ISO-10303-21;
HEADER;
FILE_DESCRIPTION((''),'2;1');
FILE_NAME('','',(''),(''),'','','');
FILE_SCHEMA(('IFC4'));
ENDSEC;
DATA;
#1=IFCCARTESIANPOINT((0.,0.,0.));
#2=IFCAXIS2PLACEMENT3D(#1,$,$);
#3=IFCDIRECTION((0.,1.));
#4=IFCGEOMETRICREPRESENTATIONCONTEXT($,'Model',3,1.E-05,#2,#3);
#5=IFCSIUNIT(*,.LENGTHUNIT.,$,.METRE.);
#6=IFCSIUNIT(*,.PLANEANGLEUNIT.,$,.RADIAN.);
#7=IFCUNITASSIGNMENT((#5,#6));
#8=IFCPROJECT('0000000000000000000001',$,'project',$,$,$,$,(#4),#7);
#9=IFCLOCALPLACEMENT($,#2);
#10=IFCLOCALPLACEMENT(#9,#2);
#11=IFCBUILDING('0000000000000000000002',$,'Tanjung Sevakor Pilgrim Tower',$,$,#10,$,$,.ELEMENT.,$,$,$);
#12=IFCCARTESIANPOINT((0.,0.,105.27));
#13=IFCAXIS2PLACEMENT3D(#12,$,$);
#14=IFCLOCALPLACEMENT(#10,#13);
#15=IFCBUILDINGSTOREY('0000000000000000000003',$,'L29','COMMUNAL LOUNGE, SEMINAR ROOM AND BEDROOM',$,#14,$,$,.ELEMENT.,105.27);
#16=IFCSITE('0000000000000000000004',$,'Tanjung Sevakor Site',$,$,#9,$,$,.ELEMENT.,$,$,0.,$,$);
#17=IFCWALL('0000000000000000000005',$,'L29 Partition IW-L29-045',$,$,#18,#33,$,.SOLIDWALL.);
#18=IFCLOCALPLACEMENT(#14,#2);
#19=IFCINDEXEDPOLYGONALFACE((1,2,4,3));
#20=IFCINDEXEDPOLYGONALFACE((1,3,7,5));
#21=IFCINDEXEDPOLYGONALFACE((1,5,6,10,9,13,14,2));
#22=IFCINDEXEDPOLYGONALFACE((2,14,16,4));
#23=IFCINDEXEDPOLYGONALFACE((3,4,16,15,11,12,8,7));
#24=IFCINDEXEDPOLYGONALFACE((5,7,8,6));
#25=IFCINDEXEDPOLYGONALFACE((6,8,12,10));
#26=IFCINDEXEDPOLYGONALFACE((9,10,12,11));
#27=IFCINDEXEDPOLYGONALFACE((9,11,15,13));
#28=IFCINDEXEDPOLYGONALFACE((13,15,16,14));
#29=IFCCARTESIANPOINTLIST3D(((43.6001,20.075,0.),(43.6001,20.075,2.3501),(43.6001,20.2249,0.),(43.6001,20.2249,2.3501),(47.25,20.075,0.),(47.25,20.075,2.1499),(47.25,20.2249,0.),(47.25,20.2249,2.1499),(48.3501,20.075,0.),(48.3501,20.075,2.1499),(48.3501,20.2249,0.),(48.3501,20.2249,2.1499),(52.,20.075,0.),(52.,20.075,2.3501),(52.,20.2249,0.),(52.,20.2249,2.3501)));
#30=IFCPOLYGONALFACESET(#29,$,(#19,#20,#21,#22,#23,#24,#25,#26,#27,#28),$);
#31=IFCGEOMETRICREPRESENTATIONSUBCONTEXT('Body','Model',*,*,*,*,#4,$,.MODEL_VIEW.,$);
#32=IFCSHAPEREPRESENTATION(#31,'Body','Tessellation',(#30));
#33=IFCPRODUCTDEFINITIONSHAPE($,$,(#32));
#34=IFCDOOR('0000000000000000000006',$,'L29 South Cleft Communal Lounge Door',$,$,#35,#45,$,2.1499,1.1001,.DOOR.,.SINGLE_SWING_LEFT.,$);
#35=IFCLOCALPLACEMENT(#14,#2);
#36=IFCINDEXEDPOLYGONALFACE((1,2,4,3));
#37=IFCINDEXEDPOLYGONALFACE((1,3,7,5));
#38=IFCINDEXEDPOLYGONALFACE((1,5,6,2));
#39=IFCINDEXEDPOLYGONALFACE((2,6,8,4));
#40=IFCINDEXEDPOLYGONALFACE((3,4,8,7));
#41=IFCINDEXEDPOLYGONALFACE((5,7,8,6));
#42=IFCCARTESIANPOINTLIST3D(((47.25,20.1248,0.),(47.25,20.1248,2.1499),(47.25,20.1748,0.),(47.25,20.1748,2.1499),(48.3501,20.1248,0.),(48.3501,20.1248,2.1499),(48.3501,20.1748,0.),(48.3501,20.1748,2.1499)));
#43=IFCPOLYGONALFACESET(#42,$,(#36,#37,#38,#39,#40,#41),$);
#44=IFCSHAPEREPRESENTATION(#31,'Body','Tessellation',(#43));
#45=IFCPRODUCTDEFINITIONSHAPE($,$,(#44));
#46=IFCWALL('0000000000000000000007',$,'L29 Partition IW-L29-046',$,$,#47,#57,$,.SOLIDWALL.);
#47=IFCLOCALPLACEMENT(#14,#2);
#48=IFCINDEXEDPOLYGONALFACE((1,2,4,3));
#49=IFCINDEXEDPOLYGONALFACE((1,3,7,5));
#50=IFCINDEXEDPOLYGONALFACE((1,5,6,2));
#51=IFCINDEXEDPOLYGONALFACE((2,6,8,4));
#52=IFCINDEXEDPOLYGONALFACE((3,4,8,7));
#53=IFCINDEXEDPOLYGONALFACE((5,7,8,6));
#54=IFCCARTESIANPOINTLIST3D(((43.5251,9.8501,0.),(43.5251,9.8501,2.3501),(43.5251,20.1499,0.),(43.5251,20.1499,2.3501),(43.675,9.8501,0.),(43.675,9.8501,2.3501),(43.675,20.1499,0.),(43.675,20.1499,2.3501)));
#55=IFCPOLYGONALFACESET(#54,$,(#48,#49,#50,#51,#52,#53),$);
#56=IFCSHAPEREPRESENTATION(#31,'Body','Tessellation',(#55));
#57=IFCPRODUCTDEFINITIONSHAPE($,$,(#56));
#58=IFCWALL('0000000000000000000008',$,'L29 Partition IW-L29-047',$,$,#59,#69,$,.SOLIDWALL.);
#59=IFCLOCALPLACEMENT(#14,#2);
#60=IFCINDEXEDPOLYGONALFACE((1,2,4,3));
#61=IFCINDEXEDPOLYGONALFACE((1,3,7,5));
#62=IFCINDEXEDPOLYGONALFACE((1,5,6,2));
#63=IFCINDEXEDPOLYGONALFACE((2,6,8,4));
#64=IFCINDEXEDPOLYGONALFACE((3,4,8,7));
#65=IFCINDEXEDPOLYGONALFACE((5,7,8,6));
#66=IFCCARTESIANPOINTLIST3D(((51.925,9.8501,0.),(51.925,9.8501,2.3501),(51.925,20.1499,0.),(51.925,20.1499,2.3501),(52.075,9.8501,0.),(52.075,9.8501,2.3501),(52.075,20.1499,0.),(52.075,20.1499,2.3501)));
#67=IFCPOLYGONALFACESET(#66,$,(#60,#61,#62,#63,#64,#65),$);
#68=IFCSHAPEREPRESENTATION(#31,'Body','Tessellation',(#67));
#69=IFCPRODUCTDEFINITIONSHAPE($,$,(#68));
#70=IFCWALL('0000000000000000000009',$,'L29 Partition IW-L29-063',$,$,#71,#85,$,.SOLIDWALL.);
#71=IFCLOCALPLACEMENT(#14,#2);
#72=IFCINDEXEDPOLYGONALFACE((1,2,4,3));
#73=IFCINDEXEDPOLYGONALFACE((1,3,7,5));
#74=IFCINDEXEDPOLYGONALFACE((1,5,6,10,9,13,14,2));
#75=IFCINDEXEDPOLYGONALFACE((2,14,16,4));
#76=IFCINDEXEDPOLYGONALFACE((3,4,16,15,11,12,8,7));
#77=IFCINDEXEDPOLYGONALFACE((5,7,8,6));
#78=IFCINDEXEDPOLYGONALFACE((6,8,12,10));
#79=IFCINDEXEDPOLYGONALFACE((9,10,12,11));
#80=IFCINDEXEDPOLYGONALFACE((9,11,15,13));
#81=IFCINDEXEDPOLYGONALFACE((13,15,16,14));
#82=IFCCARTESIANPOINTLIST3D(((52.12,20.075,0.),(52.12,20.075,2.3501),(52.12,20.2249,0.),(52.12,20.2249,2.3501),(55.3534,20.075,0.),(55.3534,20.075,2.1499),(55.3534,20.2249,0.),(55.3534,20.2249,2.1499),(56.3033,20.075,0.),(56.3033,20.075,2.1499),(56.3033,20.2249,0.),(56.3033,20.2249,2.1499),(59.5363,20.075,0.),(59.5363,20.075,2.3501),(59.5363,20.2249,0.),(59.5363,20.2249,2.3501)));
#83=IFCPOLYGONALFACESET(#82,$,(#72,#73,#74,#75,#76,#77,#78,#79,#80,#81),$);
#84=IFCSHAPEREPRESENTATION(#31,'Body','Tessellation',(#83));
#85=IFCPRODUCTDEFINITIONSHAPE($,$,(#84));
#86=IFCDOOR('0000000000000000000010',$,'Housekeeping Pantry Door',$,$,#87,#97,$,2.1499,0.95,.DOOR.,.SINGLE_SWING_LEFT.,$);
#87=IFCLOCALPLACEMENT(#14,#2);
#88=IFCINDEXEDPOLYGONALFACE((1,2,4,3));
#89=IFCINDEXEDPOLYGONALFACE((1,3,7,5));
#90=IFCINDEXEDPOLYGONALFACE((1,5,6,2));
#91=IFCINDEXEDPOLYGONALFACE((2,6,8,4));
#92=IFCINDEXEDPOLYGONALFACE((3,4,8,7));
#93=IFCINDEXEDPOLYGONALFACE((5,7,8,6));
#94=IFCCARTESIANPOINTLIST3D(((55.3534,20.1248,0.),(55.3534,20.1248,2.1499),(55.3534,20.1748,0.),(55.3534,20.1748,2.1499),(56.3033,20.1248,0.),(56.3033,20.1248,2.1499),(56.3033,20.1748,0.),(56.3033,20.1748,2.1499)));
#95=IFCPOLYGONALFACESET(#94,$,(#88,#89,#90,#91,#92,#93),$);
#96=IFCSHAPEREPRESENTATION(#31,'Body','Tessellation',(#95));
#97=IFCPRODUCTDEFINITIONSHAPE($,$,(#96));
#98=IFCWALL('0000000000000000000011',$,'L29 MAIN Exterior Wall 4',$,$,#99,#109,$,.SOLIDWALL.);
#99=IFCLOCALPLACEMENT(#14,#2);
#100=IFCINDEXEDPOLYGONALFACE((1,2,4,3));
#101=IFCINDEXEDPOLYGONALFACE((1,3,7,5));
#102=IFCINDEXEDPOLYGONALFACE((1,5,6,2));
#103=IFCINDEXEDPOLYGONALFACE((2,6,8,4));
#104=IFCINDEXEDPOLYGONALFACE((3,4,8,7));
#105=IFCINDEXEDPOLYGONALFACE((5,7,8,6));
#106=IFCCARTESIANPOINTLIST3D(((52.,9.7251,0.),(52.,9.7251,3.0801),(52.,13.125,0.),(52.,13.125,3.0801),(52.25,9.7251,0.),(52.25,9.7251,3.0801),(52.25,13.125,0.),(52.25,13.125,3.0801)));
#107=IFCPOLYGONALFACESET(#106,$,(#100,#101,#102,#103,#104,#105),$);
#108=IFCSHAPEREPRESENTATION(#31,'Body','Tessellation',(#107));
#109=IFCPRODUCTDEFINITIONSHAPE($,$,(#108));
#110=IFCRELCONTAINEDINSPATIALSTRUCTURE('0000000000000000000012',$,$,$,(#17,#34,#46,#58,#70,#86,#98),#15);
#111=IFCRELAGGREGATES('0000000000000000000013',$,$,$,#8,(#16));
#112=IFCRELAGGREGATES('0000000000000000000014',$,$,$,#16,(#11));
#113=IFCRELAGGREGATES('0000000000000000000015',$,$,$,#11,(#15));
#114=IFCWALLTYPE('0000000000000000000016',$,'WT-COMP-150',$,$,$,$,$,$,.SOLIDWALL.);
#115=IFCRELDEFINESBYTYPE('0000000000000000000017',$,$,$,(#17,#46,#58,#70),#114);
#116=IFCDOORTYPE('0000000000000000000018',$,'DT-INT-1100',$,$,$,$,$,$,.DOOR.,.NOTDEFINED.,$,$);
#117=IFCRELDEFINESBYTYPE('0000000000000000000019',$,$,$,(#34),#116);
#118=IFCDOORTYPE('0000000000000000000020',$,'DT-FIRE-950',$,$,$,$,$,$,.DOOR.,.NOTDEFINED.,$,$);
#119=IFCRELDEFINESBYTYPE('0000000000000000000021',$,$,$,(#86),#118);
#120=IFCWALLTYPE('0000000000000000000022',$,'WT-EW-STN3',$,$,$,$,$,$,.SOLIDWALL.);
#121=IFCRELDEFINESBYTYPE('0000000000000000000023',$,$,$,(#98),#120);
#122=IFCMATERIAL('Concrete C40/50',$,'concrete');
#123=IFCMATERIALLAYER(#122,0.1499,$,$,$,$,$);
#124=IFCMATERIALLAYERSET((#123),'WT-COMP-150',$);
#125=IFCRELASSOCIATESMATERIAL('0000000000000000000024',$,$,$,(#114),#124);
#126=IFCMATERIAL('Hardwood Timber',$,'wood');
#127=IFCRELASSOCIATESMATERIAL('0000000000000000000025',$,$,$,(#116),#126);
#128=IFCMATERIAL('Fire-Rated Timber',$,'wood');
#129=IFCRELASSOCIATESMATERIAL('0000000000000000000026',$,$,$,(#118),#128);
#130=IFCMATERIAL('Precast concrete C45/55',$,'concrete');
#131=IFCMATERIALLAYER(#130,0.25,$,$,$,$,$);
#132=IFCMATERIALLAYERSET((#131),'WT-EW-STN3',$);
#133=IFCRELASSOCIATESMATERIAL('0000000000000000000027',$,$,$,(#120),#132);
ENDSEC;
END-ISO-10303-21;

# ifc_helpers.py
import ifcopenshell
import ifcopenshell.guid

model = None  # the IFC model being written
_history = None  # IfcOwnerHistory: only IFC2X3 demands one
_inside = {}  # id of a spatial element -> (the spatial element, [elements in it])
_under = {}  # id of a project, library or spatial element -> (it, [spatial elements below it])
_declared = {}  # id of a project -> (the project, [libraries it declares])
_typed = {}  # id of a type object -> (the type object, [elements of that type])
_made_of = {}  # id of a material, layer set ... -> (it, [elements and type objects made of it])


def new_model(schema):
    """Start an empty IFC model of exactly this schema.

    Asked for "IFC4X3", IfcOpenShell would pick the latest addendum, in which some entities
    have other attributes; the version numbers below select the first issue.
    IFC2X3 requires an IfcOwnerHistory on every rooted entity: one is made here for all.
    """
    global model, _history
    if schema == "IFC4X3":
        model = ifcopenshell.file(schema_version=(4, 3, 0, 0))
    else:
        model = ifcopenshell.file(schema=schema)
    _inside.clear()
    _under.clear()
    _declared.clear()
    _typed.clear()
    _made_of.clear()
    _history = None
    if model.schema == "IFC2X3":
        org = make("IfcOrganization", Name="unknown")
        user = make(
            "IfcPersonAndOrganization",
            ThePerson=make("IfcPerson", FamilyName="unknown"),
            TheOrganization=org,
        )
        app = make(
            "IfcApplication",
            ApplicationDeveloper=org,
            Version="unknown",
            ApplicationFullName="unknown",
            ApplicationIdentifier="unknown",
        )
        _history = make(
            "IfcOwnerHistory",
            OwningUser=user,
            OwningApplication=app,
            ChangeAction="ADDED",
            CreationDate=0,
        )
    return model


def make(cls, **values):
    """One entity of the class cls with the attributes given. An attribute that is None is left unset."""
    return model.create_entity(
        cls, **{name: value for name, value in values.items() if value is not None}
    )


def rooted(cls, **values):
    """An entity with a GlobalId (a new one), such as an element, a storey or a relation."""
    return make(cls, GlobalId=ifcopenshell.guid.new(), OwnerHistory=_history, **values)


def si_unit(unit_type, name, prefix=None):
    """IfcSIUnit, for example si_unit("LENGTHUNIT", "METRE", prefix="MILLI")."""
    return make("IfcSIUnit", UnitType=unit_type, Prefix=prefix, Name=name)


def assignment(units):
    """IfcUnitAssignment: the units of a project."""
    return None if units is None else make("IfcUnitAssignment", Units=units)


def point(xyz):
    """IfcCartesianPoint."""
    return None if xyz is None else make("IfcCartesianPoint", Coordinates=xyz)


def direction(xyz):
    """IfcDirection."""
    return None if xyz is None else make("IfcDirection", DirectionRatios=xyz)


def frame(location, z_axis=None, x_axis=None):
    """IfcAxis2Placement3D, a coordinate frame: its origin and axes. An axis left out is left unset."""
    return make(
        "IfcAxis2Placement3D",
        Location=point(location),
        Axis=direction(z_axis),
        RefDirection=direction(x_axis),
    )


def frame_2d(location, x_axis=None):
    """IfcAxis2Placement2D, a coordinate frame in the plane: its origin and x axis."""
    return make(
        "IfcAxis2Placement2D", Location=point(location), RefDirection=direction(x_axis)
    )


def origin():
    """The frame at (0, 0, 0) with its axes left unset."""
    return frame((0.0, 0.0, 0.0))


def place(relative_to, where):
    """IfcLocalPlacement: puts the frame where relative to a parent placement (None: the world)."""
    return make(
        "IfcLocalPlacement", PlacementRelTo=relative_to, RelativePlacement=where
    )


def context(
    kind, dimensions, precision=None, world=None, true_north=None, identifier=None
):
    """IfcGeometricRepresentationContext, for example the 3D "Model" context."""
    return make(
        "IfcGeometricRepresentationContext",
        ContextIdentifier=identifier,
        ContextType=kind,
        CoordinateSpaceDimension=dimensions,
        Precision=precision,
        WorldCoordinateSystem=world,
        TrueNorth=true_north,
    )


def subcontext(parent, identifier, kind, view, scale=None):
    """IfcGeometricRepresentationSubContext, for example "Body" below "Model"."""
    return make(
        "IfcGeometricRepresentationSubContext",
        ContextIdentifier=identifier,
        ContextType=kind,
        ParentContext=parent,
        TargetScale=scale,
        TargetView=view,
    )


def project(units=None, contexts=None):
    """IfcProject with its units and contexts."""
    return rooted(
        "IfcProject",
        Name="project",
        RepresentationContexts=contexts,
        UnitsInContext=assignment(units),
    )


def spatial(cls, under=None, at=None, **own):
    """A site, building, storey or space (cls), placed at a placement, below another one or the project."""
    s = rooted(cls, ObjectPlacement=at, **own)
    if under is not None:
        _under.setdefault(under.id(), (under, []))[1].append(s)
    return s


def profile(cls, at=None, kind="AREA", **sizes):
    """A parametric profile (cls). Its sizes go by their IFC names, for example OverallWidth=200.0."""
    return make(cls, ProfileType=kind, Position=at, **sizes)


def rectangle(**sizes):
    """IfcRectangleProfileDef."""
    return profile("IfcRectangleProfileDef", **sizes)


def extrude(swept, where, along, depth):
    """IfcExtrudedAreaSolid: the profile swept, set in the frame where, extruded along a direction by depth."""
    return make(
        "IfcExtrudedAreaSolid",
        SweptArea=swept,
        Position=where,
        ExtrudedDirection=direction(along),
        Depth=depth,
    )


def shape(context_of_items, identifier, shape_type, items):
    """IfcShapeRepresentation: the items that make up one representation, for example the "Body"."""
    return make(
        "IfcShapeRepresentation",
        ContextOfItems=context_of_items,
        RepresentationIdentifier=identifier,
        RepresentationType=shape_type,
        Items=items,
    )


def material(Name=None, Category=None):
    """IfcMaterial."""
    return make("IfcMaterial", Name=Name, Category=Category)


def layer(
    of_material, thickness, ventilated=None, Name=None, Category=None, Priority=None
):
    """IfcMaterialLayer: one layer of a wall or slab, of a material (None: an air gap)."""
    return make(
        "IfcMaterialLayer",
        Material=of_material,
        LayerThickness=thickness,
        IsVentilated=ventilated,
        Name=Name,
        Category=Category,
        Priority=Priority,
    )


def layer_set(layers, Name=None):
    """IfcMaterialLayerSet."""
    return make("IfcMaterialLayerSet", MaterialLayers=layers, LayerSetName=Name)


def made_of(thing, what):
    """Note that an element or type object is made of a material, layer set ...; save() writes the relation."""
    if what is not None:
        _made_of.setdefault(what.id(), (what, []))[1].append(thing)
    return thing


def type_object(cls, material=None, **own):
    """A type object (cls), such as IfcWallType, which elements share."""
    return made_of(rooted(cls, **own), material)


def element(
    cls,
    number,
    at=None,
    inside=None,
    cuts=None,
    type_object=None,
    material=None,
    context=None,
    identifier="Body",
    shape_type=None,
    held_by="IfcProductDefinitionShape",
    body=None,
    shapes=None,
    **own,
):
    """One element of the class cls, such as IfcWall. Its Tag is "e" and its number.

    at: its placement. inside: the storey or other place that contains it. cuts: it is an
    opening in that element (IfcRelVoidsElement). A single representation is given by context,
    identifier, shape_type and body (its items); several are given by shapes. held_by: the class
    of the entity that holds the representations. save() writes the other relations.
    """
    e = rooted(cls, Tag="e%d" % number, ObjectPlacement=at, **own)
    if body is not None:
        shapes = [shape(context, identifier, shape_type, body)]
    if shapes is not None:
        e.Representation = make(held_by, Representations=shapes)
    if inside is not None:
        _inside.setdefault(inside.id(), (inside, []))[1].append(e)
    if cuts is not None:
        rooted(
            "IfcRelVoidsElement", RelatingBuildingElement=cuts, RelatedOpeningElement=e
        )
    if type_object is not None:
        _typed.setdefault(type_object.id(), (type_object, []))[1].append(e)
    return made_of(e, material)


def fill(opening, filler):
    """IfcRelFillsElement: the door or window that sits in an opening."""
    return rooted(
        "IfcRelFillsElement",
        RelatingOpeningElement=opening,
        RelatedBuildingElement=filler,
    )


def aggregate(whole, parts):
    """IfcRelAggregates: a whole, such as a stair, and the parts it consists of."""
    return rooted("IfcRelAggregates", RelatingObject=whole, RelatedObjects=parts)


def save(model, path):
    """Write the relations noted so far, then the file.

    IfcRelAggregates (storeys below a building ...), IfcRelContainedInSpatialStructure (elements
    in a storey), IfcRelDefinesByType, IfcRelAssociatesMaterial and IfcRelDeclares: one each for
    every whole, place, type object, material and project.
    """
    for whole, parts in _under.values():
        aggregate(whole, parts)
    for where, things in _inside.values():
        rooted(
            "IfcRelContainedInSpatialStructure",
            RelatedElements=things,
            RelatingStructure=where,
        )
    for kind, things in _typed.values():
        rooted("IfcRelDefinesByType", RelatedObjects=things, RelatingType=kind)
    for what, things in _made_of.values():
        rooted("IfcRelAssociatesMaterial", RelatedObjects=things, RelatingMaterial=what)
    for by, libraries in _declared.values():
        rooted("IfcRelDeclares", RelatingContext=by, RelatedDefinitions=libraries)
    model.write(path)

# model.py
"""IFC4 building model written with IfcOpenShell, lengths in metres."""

from ifc_helpers import new_model, si_unit, direction, frame, frame_2d, origin, place, context, subcontext, project, spatial, rectangle, extrude, material, layer, layer_set, type_object, element, fill, save


model = new_model("IFC4")

# Units and contexts
model_context = context("Model", 3, precision=1e-05, world=origin(), true_north=direction((0.0, 1.0)))
body_context = subcontext(model_context, "Body", "Model", "MODEL_VIEW")
ifc_project = project(units=[si_unit("LENGTHUNIT", "METRE"), si_unit("PLANEANGLEUNIT", "RADIAN")], contexts=[model_context])

# Site, building, storey
site_placement = place(None, origin())
site = spatial("IfcSite", under=ifc_project, at=site_placement, Name="Tanjung Sevakor Site", CompositionType="ELEMENT", RefElevation=0.0)
building_placement = place(site_placement, origin())
building = spatial("IfcBuilding", under=site, at=building_placement, Name="Tanjung Sevakor Pilgrim Tower", CompositionType="ELEMENT")
storey_placement = place(building_placement, frame((0.0, 0.0, 105.27)))
storey = spatial("IfcBuildingStorey", under=building, at=storey_placement, Name="L29", Description="COMMUNAL LOUNGE, SEMINAR ROOM AND BEDROOM", CompositionType="ELEMENT", Elevation=105.27)

# Shared definitions
ifc_material_1 = material(Name="Concrete C40/50", Category="concrete")
ifc_layer_1 = layer(ifc_material_1, 0.1499)
ifc_layer_set_1 = layer_set([ifc_layer_1], Name="WT-COMP-150")
wall_type_1 = type_object("IfcWallType", Name="WT-COMP-150", PredefinedType="SOLIDWALL", material=ifc_layer_set_1)

# Wall, opening, door
wall_1_placement = place(storey_placement, frame((43.6001, 20.1499, 0.0), z_axis=(0.0, 0.0, 1.0), x_axis=(1.0, 0.0, 0.0)))
wall_1 = element("IfcWall", 1, at=wall_1_placement, inside=storey, type_object=wall_type_1, Name="L29 Partition IW-L29-045", PredefinedType="SOLIDWALL", context=body_context, shape_type="SweptSolid", body=[
    extrude(rectangle(XDim=8.3999, YDim=0.1499, at=frame_2d((4.2, 0.0))), origin(), (0.0, 0.0, 1.0), 2.3501),
])
opening_1_placement = place(wall_1_placement, frame((3.6499, 0.0, 0.0)))
opening_1 = element("IfcOpeningElement", 2, at=opening_1_placement, cuts=wall_1, PredefinedType="OPENING", context=body_context, shape_type="SweptSolid", body=[
    extrude(rectangle(XDim=1.1001, YDim=2.1499, at=frame_2d((0.55, 1.075))), frame((0.0, 0.085, 0.0), z_axis=(0.0, -1.0, 0.0), x_axis=(1.0, 0.0, 0.0)), (0.0, 0.0, 1.0), 0.1699),
])
ifc_material_2 = material(Name="Hardwood Timber", Category="wood")
door_type_1 = type_object("IfcDoorType", Name="DT-INT-1100", OperationType="NOTDEFINED", PredefinedType="DOOR", material=ifc_material_2)
door_1_placement = place(opening_1_placement, origin())
door_1 = element("IfcDoor", 3, at=door_1_placement, inside=storey, type_object=door_type_1, Name="L29 South Cleft Communal Lounge Door", OperationType="SINGLE_SWING_LEFT", OverallHeight=2.1499, OverallWidth=1.1001, PredefinedType="DOOR", context=body_context, shape_type="SweptSolid", body=[
    extrude(rectangle(XDim=1.1001, YDim=2.1499, at=frame_2d((0.55, 1.075))), frame((0.0, 0.0249, 0.0), z_axis=(0.0, -1.0, 0.0), x_axis=(1.0, 0.0, 0.0)), (0.0, 0.0, 1.0), 0.05),
])
fill(opening_1, door_1)

# Walls
for number, where, z_axis, x_axis, name in (
    (4, (43.6001, 9.8501, 0.0), (0.0, 0.0, 1.0), (0.0, 1.0, 0.0), "L29 Partition IW-L29-046"),
    (5, (52.0, 9.8501, 0.0), (0.0, 0.0, 1.0), (0.0, 1.0, 0.0), "L29 Partition IW-L29-047"),
):
    element("IfcWall", number, at=place(storey_placement, frame(where, z_axis=z_axis, x_axis=x_axis)), inside=storey, type_object=wall_type_1, Name=name, PredefinedType="SOLIDWALL", context=body_context, shape_type="SweptSolid", body=[
        extrude(rectangle(XDim=10.2998, YDim=0.1499, at=frame_2d((5.1499, 0.0))), origin(), (0.0, 0.0, 1.0), 2.3501),
    ])

# Wall, opening, door
wall_2_placement = place(storey_placement, frame((52.1201, 20.1499, 0.0), z_axis=(0.0, 0.0, 1.0), x_axis=(1.0, 0.0, 0.0)))
wall_2 = element("IfcWall", 6, at=wall_2_placement, inside=storey, type_object=wall_type_1, Name="L29 Partition IW-L29-063", PredefinedType="SOLIDWALL", context=body_context, shape_type="SweptSolid", body=[
    extrude(rectangle(XDim=7.4163, YDim=0.1499, at=frame_2d((3.708, 0.0))), origin(), (0.0, 0.0, 1.0), 2.3501),
])
opening_2_placement = place(wall_2_placement, frame((3.2332, 0.0, 0.0)))
opening_2 = element("IfcOpeningElement", 7, at=opening_2_placement, cuts=wall_2, PredefinedType="OPENING", context=body_context, shape_type="SweptSolid", body=[
    extrude(rectangle(XDim=0.95, YDim=2.1499, at=frame_2d((0.4751, 1.075))), frame((0.0, 0.085, 0.0), z_axis=(0.0, -1.0, 0.0), x_axis=(1.0, 0.0, 0.0)), (0.0, 0.0, 1.0), 0.1699),
])
ifc_material_3 = material(Name="Fire-Rated Timber", Category="wood")
door_type_2 = type_object("IfcDoorType", Name="DT-FIRE-950", OperationType="NOTDEFINED", PredefinedType="DOOR", material=ifc_material_3)
door_2_placement = place(opening_2_placement, origin())
door_2 = element("IfcDoor", 8, at=door_2_placement, inside=storey, type_object=door_type_2, Name="Housekeeping Pantry Door", OperationType="SINGLE_SWING_LEFT", OverallHeight=2.1499, OverallWidth=0.95, PredefinedType="DOOR", context=body_context, shape_type="SweptSolid", body=[
    extrude(rectangle(XDim=0.95, YDim=2.1499, at=frame_2d((0.4751, 1.075))), frame((0.0, 0.0249, 0.0), z_axis=(0.0, -1.0, 0.0), x_axis=(1.0, 0.0, 0.0)), (0.0, 0.0, 1.0), 0.05),
])
fill(opening_2, door_2)

# Wall
ifc_material_4 = material(Name="Precast concrete C45/55", Category="concrete")
ifc_layer_2 = layer(ifc_material_4, 0.25)
ifc_layer_set_2 = layer_set([ifc_layer_2], Name="WT-EW-STN3")
wall_type_2 = type_object("IfcWallType", Name="WT-EW-STN3", PredefinedType="SOLIDWALL", material=ifc_layer_set_2)
wall_3_placement = place(storey_placement, frame((52.125, 13.125, 0.0), z_axis=(0.0, 0.0, 1.0), x_axis=(0.0, -1.0, 0.0)))
element("IfcWall", 9, at=wall_3_placement, inside=storey, type_object=wall_type_2, Name="L29 MAIN Exterior Wall 4", PredefinedType="SOLIDWALL", context=body_context, shape_type="SweptSolid", body=[
    extrude(rectangle(XDim=3.3999, YDim=0.25, at=frame_2d((1.7, 0.0))), origin(), (0.0, 0.0, 1.0), 3.0801),
])

save(model, "model.ifc")
